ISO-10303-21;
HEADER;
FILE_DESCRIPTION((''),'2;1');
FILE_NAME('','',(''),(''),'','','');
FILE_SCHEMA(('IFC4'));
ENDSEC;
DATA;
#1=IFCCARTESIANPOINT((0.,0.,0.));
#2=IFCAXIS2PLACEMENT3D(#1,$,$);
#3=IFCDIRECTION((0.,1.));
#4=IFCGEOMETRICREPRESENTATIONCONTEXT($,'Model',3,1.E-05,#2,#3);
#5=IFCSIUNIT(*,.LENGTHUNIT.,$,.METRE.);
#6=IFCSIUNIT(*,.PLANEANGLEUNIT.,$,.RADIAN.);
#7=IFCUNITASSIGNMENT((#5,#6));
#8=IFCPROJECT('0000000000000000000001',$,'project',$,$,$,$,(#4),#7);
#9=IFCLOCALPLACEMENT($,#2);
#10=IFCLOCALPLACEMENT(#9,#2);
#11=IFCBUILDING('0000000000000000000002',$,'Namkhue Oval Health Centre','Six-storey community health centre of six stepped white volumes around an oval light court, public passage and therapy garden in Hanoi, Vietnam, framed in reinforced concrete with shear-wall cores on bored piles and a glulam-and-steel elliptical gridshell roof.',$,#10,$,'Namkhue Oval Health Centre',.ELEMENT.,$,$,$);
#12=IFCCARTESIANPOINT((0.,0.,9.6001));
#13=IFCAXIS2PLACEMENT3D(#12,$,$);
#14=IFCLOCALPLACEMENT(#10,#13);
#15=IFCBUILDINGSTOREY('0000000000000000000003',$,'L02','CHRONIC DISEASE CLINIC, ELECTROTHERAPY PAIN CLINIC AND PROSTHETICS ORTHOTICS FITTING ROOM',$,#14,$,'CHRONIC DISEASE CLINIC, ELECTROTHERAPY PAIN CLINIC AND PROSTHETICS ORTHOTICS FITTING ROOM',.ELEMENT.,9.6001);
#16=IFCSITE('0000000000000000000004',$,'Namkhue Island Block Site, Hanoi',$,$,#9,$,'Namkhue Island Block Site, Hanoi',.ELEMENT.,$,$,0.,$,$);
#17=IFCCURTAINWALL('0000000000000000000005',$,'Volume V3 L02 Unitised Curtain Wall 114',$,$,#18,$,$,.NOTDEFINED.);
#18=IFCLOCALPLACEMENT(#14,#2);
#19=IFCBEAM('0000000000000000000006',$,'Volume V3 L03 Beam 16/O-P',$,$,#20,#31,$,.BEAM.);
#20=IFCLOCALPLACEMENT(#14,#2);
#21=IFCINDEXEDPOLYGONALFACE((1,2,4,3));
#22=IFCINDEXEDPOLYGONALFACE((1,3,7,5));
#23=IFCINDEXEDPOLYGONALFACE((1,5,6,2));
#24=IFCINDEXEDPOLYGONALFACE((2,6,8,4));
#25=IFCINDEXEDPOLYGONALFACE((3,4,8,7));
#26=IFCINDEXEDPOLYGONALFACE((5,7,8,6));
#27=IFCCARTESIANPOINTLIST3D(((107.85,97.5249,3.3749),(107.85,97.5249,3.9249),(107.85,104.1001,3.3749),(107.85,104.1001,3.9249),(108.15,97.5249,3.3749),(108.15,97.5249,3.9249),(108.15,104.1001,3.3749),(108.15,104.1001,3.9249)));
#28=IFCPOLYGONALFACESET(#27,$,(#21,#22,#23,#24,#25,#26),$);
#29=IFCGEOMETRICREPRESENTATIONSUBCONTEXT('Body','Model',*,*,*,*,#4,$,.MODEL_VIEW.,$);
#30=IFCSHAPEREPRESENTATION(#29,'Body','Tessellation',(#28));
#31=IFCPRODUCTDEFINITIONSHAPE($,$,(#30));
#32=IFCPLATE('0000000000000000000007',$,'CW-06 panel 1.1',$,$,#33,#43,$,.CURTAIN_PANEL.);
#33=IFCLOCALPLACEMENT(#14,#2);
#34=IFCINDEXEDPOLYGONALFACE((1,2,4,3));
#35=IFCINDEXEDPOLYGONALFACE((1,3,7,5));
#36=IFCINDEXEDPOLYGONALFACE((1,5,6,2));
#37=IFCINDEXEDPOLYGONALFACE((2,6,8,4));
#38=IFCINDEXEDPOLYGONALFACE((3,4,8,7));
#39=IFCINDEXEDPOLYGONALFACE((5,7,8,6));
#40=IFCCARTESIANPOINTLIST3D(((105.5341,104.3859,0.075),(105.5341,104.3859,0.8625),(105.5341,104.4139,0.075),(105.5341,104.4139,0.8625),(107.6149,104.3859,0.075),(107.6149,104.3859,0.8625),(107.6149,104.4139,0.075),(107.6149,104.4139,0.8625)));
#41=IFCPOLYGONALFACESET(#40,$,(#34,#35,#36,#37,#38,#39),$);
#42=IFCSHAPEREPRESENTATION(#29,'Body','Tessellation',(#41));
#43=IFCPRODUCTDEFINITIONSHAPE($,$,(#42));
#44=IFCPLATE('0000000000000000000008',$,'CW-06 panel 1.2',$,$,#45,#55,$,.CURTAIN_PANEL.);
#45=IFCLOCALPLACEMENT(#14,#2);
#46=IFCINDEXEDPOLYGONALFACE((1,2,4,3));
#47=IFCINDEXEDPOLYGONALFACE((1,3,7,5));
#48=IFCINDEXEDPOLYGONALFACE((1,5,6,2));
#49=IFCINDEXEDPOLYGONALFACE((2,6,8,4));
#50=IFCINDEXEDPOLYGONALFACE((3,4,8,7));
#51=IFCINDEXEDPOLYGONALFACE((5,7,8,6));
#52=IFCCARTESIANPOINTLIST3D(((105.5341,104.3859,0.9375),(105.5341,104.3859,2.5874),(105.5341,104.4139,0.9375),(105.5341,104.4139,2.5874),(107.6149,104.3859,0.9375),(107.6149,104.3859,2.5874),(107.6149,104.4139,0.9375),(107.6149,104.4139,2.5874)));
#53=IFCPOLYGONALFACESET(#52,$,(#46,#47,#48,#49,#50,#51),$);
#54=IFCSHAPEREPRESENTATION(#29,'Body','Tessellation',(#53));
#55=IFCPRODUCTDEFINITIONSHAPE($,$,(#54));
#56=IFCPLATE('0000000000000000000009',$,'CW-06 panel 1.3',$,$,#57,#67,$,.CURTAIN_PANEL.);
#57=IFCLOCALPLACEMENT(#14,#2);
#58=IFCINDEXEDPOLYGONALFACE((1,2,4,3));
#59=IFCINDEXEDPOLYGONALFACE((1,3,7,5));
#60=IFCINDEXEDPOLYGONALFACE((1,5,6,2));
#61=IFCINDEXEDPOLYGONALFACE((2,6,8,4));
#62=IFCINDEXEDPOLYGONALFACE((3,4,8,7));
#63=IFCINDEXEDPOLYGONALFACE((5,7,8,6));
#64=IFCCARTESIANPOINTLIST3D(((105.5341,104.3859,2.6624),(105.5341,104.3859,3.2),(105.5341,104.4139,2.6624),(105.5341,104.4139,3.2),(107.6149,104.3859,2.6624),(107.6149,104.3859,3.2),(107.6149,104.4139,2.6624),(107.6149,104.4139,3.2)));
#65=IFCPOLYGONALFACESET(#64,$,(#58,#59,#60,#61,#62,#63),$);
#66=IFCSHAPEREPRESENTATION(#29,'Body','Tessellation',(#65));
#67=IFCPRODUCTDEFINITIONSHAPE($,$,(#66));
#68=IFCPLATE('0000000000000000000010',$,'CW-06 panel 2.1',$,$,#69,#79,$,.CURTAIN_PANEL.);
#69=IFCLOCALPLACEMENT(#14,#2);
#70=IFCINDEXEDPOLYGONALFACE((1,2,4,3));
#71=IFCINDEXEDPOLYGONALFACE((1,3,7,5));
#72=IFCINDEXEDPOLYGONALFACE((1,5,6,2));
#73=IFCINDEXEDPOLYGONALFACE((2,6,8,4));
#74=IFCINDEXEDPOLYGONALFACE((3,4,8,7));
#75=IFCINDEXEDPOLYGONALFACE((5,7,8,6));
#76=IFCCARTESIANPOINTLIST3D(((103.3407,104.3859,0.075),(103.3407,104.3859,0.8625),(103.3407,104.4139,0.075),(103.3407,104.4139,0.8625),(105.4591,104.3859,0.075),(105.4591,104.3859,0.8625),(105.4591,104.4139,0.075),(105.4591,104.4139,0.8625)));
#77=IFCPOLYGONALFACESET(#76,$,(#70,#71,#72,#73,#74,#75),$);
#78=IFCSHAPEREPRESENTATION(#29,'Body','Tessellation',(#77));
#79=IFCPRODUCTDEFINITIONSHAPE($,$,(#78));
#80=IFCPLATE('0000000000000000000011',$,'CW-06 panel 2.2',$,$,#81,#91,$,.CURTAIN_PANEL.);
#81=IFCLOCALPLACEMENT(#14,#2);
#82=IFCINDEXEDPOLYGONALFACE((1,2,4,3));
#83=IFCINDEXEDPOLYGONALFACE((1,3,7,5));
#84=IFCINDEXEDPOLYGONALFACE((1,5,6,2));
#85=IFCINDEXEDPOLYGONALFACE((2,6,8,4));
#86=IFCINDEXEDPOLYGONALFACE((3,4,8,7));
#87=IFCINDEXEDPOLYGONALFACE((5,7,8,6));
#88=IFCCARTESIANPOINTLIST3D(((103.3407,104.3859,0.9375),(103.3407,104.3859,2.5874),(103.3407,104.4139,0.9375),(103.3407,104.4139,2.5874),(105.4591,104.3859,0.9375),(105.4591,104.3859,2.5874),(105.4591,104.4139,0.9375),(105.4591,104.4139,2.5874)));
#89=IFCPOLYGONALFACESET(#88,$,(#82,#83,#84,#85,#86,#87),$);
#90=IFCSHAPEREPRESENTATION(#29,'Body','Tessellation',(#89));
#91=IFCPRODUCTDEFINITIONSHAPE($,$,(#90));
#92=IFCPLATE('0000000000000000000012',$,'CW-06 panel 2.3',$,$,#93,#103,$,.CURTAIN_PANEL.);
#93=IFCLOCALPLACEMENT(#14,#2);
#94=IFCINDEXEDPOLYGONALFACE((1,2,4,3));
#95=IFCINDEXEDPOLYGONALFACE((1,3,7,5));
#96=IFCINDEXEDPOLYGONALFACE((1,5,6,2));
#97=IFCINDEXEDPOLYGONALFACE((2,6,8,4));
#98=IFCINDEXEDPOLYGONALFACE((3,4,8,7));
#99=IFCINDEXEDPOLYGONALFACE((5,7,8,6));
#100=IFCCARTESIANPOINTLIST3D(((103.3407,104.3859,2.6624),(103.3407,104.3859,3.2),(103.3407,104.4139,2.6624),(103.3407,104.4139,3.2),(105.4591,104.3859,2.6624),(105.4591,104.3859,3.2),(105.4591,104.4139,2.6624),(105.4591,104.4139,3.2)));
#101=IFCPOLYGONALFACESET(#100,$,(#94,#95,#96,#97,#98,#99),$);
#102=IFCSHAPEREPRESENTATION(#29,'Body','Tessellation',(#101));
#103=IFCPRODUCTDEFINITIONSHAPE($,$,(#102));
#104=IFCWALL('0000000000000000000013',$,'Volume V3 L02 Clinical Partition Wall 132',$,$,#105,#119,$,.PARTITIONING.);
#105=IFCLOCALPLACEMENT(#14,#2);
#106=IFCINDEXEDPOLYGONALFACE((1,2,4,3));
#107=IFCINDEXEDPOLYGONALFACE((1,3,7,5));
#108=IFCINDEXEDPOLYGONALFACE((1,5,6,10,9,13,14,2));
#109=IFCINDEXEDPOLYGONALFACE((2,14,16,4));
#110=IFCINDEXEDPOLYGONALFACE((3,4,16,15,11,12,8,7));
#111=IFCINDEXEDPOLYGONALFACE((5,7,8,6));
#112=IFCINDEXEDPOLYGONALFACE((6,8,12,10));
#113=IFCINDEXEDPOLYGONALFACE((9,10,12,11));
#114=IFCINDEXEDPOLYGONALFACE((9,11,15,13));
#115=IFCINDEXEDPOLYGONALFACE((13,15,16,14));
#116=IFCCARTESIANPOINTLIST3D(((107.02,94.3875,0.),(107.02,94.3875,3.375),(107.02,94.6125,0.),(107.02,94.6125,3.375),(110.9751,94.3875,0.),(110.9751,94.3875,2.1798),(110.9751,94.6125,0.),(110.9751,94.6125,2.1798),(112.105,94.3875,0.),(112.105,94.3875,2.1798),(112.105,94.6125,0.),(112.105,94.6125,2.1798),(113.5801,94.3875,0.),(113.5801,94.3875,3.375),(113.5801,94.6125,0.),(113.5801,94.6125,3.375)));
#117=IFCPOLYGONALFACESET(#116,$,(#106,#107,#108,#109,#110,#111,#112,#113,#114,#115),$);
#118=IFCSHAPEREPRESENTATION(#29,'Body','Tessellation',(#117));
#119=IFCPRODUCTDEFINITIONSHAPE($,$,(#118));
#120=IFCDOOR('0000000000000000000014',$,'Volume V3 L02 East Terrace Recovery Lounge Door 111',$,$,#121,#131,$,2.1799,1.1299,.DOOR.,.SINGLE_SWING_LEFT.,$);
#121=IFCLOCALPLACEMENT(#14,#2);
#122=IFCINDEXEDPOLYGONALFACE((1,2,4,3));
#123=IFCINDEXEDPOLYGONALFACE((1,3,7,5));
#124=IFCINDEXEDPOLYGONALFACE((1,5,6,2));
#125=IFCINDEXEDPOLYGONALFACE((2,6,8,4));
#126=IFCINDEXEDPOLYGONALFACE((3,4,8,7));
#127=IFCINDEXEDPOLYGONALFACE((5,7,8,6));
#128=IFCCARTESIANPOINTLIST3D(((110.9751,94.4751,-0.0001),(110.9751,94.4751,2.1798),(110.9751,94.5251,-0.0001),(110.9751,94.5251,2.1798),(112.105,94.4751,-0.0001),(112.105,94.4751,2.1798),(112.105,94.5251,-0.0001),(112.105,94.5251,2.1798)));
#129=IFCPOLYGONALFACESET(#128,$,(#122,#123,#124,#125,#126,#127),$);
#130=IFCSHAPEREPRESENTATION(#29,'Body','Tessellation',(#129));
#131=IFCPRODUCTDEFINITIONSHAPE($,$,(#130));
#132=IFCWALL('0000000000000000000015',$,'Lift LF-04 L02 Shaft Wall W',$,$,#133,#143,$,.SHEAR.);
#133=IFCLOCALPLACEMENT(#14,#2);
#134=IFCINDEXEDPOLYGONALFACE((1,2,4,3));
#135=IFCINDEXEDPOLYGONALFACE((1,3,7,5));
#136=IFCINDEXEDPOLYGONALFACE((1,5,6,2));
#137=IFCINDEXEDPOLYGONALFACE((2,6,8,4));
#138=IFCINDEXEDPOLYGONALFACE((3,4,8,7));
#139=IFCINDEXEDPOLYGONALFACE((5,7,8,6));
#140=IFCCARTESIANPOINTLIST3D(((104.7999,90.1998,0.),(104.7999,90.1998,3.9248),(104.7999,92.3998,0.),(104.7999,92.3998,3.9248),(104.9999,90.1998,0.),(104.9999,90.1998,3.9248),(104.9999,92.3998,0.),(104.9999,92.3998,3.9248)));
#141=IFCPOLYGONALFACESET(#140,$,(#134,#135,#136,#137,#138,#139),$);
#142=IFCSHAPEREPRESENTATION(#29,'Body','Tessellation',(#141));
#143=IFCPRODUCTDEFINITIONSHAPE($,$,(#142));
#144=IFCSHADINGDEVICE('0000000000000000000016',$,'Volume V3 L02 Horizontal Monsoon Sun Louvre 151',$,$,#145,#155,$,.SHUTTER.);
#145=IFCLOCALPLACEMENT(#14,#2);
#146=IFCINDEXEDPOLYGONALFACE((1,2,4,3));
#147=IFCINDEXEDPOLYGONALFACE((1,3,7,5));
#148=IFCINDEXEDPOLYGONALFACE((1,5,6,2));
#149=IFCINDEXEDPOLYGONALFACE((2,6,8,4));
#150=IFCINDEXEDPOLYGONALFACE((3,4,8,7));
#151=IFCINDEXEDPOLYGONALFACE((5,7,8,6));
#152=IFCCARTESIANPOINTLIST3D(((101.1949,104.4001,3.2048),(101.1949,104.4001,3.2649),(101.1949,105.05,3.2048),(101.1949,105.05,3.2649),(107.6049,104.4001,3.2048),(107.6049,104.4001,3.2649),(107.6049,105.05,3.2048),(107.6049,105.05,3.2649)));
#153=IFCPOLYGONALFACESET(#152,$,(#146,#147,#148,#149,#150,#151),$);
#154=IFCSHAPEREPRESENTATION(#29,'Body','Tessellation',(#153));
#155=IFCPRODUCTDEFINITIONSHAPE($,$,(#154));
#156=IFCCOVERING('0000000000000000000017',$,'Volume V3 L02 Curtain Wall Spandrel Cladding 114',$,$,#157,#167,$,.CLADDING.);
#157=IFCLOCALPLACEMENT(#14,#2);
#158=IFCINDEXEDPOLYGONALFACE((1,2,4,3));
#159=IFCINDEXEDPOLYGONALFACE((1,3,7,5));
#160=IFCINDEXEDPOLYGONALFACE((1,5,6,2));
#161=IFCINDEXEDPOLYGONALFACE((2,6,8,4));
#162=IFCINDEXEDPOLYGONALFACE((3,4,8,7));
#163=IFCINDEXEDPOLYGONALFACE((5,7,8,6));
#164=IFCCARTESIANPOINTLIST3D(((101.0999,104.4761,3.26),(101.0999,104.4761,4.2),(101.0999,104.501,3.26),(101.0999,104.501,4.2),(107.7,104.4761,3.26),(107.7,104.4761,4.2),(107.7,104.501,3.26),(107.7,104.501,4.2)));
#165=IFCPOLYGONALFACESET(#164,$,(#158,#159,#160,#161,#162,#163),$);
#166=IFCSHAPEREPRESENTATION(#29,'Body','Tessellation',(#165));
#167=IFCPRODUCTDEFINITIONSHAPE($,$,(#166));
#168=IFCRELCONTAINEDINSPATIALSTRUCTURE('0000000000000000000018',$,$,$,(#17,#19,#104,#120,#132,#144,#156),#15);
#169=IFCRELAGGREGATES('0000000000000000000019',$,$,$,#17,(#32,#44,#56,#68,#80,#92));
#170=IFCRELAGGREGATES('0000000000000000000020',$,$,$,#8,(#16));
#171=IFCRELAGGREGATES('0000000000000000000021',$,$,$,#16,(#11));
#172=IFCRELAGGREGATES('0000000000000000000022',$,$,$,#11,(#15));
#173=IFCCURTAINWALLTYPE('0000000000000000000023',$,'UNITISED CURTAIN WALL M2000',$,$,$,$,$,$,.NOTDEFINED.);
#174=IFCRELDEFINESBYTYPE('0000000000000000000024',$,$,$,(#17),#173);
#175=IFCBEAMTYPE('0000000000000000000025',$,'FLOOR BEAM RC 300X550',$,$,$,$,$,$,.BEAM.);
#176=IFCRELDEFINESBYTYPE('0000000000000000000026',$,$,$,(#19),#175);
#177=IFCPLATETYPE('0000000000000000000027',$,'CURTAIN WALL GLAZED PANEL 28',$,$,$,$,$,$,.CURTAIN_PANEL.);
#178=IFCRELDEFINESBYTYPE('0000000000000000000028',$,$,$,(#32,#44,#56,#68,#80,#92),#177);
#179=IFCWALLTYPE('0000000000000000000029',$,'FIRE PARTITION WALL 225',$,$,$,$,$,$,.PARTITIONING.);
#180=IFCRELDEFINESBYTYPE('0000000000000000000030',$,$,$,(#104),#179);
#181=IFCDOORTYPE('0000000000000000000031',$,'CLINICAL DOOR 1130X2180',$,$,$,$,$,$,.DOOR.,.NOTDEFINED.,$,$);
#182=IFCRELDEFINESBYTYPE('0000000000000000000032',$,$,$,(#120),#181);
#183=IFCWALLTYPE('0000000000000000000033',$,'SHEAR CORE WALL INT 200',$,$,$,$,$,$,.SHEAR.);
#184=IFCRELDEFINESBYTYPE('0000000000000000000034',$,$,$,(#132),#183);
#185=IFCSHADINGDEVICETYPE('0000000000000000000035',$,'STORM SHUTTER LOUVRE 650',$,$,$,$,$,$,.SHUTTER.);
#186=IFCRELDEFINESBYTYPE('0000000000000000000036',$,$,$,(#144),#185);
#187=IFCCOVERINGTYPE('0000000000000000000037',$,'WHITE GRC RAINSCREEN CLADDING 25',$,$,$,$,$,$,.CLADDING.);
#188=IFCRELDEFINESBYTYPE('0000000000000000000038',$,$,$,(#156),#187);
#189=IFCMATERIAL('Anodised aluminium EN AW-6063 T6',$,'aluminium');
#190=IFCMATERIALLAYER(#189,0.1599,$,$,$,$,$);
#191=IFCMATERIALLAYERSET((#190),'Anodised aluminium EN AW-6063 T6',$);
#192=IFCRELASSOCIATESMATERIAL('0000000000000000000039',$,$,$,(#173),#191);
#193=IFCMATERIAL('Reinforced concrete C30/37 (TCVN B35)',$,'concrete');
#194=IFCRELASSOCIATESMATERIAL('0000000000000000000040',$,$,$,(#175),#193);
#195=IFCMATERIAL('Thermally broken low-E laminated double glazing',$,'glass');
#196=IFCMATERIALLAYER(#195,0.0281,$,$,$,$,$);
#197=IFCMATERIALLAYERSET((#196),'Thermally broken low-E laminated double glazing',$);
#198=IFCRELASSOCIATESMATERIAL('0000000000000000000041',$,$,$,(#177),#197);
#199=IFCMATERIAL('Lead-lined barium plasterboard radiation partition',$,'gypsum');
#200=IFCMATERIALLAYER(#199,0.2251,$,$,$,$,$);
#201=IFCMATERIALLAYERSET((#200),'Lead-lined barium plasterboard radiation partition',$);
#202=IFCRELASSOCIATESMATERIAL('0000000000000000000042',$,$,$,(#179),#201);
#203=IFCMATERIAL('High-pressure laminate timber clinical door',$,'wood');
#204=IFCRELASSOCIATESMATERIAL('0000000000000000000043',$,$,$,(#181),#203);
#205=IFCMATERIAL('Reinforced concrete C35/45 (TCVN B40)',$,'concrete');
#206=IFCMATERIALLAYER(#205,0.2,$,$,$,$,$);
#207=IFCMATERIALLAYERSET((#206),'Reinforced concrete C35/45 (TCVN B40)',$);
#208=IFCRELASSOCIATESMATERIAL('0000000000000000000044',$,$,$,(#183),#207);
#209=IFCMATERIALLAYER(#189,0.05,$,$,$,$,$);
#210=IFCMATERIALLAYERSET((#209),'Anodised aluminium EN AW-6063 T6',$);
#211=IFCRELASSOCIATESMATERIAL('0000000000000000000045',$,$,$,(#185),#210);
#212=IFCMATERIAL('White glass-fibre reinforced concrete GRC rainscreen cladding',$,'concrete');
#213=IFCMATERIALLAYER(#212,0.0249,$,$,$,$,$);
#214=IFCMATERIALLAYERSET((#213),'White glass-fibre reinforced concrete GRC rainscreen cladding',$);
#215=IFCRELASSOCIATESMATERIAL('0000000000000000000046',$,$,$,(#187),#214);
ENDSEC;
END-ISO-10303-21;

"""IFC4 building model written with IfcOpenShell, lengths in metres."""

from ifc_helpers import new_model, si_unit, direction, frame, frame_2d, origin, origin_2d, place, context, subcontext, project, spatial, rectangle, extrude, material, layer, layer_set, material_profile, profile_set, type_object, element, fill, aggregate, save


model = new_model("IFC4")

# Units and contexts
model_context = context("Model", 3, precision=1e-05, world=origin(), true_north=direction((0.0, 1.0)))
body_context = subcontext(model_context, "Body", "Model", "MODEL_VIEW")
ifc_project = project(units=[si_unit("LENGTHUNIT", "METRE"), si_unit("PLANEANGLEUNIT", "RADIAN")], contexts=[model_context])

# Site, building, storey
site_placement = place(None, origin())
site = spatial("IfcSite", under=ifc_project, at=site_placement, Name="Namkhue Island Block Site, Hanoi", LongName="Namkhue Island Block Site, Hanoi", CompositionType="ELEMENT", RefElevation=0.0)
building_placement = place(site_placement, origin())
building = spatial("IfcBuilding", under=site, at=building_placement, Name="Namkhue Oval Health Centre", Description="Six-storey community health centre of six stepped white volumes around an oval light court, public passage and therapy garden in Hanoi, Vietnam, framed in reinforced concrete with shear-wall cores on bored piles and a glulam-and-steel elliptical gridshell roof.", LongName="Namkhue Oval Health Centre", CompositionType="ELEMENT")
storey_placement = place(building_placement, frame((0.0, 0.0, 9.6001)))
storey = spatial("IfcBuildingStorey", under=building, at=storey_placement, Name="L02", Description="CHRONIC DISEASE CLINIC, ELECTROTHERAPY PAIN CLINIC AND PROSTHETICS ORTHOTICS FITTING ROOM", LongName="CHRONIC DISEASE CLINIC, ELECTROTHERAPY PAIN CLINIC AND PROSTHETICS ORTHOTICS FITTING ROOM", CompositionType="ELEMENT", Elevation=9.6001)

# Shared definitions
ifc_material_1 = material(Name="Reinforced concrete C35/45 (TCVN B40)", Category="concrete")

# Curtain wall
ifc_material_2 = material(Name="Anodised aluminium EN AW-6063 T6", Category="aluminium")
ifc_layer_1 = layer(ifc_material_2, 0.1599)
ifc_layer_set_1 = layer_set([ifc_layer_1], Name="Anodised aluminium EN AW-6063 T6")
curtain_wall_type = type_object("IfcCurtainWallType", Name="UNITISED CURTAIN WALL M2000", PredefinedType="NOTDEFINED", material=ifc_layer_set_1)
curtain_wall_placement = place(storey_placement, origin())
curtain_wall = element("IfcCurtainWall", 1, at=curtain_wall_placement, inside=storey, type_object=curtain_wall_type, Name="Volume V3 L02 Unitised Curtain Wall 114", PredefinedType="NOTDEFINED")

# Beam
ifc_material_3 = material(Name="Reinforced concrete C30/37 (TCVN B35)", Category="concrete")
ifc_material_profile_1 = material_profile(ifc_material_3, rectangle(XDim=0.3, YDim=0.55, at=origin_2d()), Name="RC 300x550")
ifc_profile_set_1 = profile_set([ifc_material_profile_1], Name="Reinforced concrete C30/37 (TCVN B35)")
beam_type = type_object("IfcBeamType", Name="FLOOR BEAM RC 300X550", PredefinedType="BEAM", material=ifc_profile_set_1)
beam_placement = place(storey_placement, frame((108.0, 97.5249, 3.6499), z_axis=(0.0, 1.0, 0.0), x_axis=(-1.0, 0.0, 0.0)))
element("IfcBeam", 2, at=beam_placement, inside=storey, type_object=beam_type, Name="Volume V3 L03 Beam 16/O-P", PredefinedType="BEAM", context=body_context, shape_type="SweptSolid", body=[
    extrude(rectangle(XDim=0.3, YDim=0.55, at=origin_2d()), origin(), (0.0, 0.0, 1.0), 6.5752),
])

# Plates
ifc_material_4 = material(Name="Thermally broken low-E laminated double glazing", Category="glass")
ifc_layer_2 = layer(ifc_material_4, 0.0281)
ifc_layer_set_2 = layer_set([ifc_layer_2], Name="Thermally broken low-E laminated double glazing")
plate_type = type_object("IfcPlateType", Name="CURTAIN WALL GLAZED PANEL 28", PredefinedType="CURTAIN_PANEL", material=ifc_layer_set_2)
plate_1_placement = place(storey_placement, frame((106.5745, 104.3999, 0.075), z_axis=(0.0, 0.0, 1.0), x_axis=(-1.0, 0.0, 0.0)))
plate_1 = element("IfcPlate", 3, at=plate_1_placement, type_object=plate_type, Name="CW-06 panel 1.1", PredefinedType="CURTAIN_PANEL", context=body_context, shape_type="SweptSolid", body=[
    extrude(rectangle(XDim=2.0808, YDim=0.0281, at=origin_2d()), origin(), (0.0, 0.0, 1.0), 0.7876),
])
plate_2_placement = place(storey_placement, frame((106.5745, 104.3999, 0.9375), z_axis=(0.0, 0.0, 1.0), x_axis=(-1.0, 0.0, 0.0)))
plate_2 = element("IfcPlate", 4, at=plate_2_placement, type_object=plate_type, Name="CW-06 panel 1.2", PredefinedType="CURTAIN_PANEL", context=body_context, shape_type="SweptSolid", body=[
    extrude(rectangle(XDim=2.0808, YDim=0.0281, at=origin_2d()), origin(), (0.0, 0.0, 1.0), 1.6499),
])
plate_3_placement = place(storey_placement, frame((106.5745, 104.3999, 2.6624), z_axis=(0.0, 0.0, 1.0), x_axis=(-1.0, 0.0, 0.0)))
plate_3 = element("IfcPlate", 5, at=plate_3_placement, type_object=plate_type, Name="CW-06 panel 1.3", PredefinedType="CURTAIN_PANEL", context=body_context, shape_type="SweptSolid", body=[
    extrude(rectangle(XDim=2.0808, YDim=0.0281, at=origin_2d()), origin(), (0.0, 0.0, 1.0), 0.5376),
])
plate_4_placement = place(storey_placement, frame((104.3999, 104.3999, 0.075), z_axis=(0.0, 0.0, 1.0), x_axis=(-1.0, 0.0, 0.0)))
plate_4 = element("IfcPlate", 6, at=plate_4_placement, type_object=plate_type, Name="CW-06 panel 2.1", PredefinedType="CURTAIN_PANEL", context=body_context, shape_type="SweptSolid", body=[
    extrude(rectangle(XDim=2.1184, YDim=0.0281, at=origin_2d()), origin(), (0.0, 0.0, 1.0), 0.7876),
])
plate_5_placement = place(storey_placement, frame((104.3999, 104.3999, 0.9375), z_axis=(0.0, 0.0, 1.0), x_axis=(-1.0, 0.0, 0.0)))
plate_5 = element("IfcPlate", 7, at=plate_5_placement, type_object=plate_type, Name="CW-06 panel 2.2", PredefinedType="CURTAIN_PANEL", context=body_context, shape_type="SweptSolid", body=[
    extrude(rectangle(XDim=2.1184, YDim=0.0281, at=origin_2d()), origin(), (0.0, 0.0, 1.0), 1.6499),
])
plate_6_placement = place(storey_placement, frame((104.3999, 104.3999, 2.6624), z_axis=(0.0, 0.0, 1.0), x_axis=(-1.0, 0.0, 0.0)))
plate_6 = element("IfcPlate", 8, at=plate_6_placement, type_object=plate_type, Name="CW-06 panel 2.3", PredefinedType="CURTAIN_PANEL", context=body_context, shape_type="SweptSolid", body=[
    extrude(rectangle(XDim=2.1184, YDim=0.0281, at=origin_2d()), origin(), (0.0, 0.0, 1.0), 0.5376),
])
aggregate(curtain_wall, [plate_1, plate_2, plate_3, plate_4, plate_5, plate_6])

# Wall, opening, door
ifc_material_5 = material(Name="Lead-lined barium plasterboard radiation partition", Category="gypsum")
ifc_layer_3 = layer(ifc_material_5, 0.2251)
ifc_layer_set_3 = layer_set([ifc_layer_3], Name="Lead-lined barium plasterboard radiation partition")
wall_type_1 = type_object("IfcWallType", Name="FIRE PARTITION WALL 225", PredefinedType="PARTITIONING", material=ifc_layer_set_3)
wall_1_placement = place(storey_placement, frame((107.02, 94.5, 0.0), z_axis=(0.0, 0.0, 1.0), x_axis=(1.0, 0.0, 0.0)))
wall_1 = element("IfcWall", 9, at=wall_1_placement, inside=storey, type_object=wall_type_1, Name="Volume V3 L02 Clinical Partition Wall 132", PredefinedType="PARTITIONING", context=body_context, shape_type="SweptSolid", body=[
    extrude(rectangle(XDim=6.5601, YDim=0.2251, at=frame_2d((3.28, 0.0))), origin(), (0.0, 0.0, 1.0), 3.375),
])
opening_1_placement = place(wall_1_placement, frame((3.9551, 0.0, 0.0)))
opening_1 = element("IfcOpeningElement", 10, at=opening_1_placement, cuts=wall_1, PredefinedType="OPENING", context=body_context, shape_type="SweptSolid", body=[
    extrude(rectangle(XDim=1.1299, YDim=2.1799, at=frame_2d((0.5649, 1.0898))), frame((0.0, 0.1226, 0.0), z_axis=(0.0, -1.0, 0.0), x_axis=(1.0, 0.0, 0.0)), (0.0, 0.0, 1.0), 0.2451),
])
ifc_material_6 = material(Name="High-pressure laminate timber clinical door", Category="wood")
door_type_1 = type_object("IfcDoorType", Name="CLINICAL DOOR 1130X2180", OperationType="NOTDEFINED", PredefinedType="DOOR", material=ifc_material_6)
door_1_placement = place(opening_1_placement, frame((1.1299, 0.0, 0.0), z_axis=(0.0, 0.0, 1.0), x_axis=(-1.0, 0.0, 0.0)))
door_1 = element("IfcDoor", 11, at=door_1_placement, inside=storey, type_object=door_type_1, Name="Volume V3 L02 East Terrace Recovery Lounge Door 111", OperationType="SINGLE_SWING_LEFT", OverallHeight=2.1799, OverallWidth=1.1299, PredefinedType="DOOR", context=body_context, shape_type="SweptSolid", body=[
    extrude(rectangle(XDim=1.1299, YDim=2.1799, at=frame_2d((0.5649, 1.0898))), frame((0.0, 0.0249, 0.0), z_axis=(0.0, -1.0, 0.0), x_axis=(1.0, 0.0, 0.0)), (0.0, 0.0, 1.0), 0.05),
])
fill(opening_1, door_1)
ifc_layer_4 = layer(ifc_material_1, 0.2)
ifc_layer_set_4 = layer_set([ifc_layer_4], Name="Reinforced concrete C35/45 (TCVN B40)")
wall_type_2 = type_object("IfcWallType", Name="SHEAR CORE WALL INT 200", PredefinedType="SHEAR", material=ifc_layer_set_4)

# Wall
wall_2_placement = place(storey_placement, frame((104.8999, 92.3999, 0.0), z_axis=(0.0, 0.0, 1.0), x_axis=(0.0, -1.0, 0.0)))
element("IfcWall", 12, at=wall_2_placement, inside=storey, type_object=wall_type_2, Name="Lift LF-04 L02 Shaft Wall W", PredefinedType="SHEAR", context=body_context, shape_type="SweptSolid", body=[
    extrude(rectangle(XDim=2.2, YDim=0.2, at=frame_2d((1.1001, 0.0))), origin(), (0.0, 0.0, 1.0), 3.9248),
])

# Shading device
ifc_layer_5 = layer(ifc_material_2, 0.05)
ifc_layer_set_5 = layer_set([ifc_layer_5], Name="Anodised aluminium EN AW-6063 T6")
shading_device_type = type_object("IfcShadingDeviceType", Name="STORM SHUTTER LOUVRE 650", PredefinedType="SHUTTER", material=ifc_layer_set_5)
shading_device_placement = place(storey_placement, frame((104.3999, 104.7251, 3.2048), z_axis=(0.0, 0.0, 1.0), x_axis=(-1.0, 0.0, 0.0)))
element("IfcShadingDevice", 13, at=shading_device_placement, inside=storey, type_object=shading_device_type, Name="Volume V3 L02 Horizontal Monsoon Sun Louvre 151", PredefinedType="SHUTTER", context=body_context, shape_type="SweptSolid", body=[
    extrude(rectangle(XDim=6.4099, YDim=0.6499, at=origin_2d()), origin(), (0.0, 0.0, 1.0), 0.0601),
])

# Covering
ifc_material_7 = material(Name="White glass-fibre reinforced concrete GRC rainscreen cladding", Category="concrete")
ifc_layer_6 = layer(ifc_material_7, 0.0249)
ifc_layer_set_6 = layer_set([ifc_layer_6], Name="White glass-fibre reinforced concrete GRC rainscreen cladding")
covering_type = type_object("IfcCoveringType", Name="WHITE GRC RAINSCREEN CLADDING 25", PredefinedType="CLADDING", material=ifc_layer_set_6)
covering_placement = place(storey_placement, frame((104.3999, 104.4885, 3.26), z_axis=(0.0, 0.0, 1.0), x_axis=(-1.0, 0.0, 0.0)))
element("IfcCovering", 14, at=covering_placement, inside=storey, type_object=covering_type, Name="Volume V3 L02 Curtain Wall Spandrel Cladding 114", PredefinedType="CLADDING", context=body_context, shape_type="SweptSolid", body=[
    extrude(rectangle(XDim=6.6001, YDim=0.0249, at=origin_2d()), origin(), (0.0, 0.0, 1.0), 0.9399),
])

save(model, "model.ifc")
